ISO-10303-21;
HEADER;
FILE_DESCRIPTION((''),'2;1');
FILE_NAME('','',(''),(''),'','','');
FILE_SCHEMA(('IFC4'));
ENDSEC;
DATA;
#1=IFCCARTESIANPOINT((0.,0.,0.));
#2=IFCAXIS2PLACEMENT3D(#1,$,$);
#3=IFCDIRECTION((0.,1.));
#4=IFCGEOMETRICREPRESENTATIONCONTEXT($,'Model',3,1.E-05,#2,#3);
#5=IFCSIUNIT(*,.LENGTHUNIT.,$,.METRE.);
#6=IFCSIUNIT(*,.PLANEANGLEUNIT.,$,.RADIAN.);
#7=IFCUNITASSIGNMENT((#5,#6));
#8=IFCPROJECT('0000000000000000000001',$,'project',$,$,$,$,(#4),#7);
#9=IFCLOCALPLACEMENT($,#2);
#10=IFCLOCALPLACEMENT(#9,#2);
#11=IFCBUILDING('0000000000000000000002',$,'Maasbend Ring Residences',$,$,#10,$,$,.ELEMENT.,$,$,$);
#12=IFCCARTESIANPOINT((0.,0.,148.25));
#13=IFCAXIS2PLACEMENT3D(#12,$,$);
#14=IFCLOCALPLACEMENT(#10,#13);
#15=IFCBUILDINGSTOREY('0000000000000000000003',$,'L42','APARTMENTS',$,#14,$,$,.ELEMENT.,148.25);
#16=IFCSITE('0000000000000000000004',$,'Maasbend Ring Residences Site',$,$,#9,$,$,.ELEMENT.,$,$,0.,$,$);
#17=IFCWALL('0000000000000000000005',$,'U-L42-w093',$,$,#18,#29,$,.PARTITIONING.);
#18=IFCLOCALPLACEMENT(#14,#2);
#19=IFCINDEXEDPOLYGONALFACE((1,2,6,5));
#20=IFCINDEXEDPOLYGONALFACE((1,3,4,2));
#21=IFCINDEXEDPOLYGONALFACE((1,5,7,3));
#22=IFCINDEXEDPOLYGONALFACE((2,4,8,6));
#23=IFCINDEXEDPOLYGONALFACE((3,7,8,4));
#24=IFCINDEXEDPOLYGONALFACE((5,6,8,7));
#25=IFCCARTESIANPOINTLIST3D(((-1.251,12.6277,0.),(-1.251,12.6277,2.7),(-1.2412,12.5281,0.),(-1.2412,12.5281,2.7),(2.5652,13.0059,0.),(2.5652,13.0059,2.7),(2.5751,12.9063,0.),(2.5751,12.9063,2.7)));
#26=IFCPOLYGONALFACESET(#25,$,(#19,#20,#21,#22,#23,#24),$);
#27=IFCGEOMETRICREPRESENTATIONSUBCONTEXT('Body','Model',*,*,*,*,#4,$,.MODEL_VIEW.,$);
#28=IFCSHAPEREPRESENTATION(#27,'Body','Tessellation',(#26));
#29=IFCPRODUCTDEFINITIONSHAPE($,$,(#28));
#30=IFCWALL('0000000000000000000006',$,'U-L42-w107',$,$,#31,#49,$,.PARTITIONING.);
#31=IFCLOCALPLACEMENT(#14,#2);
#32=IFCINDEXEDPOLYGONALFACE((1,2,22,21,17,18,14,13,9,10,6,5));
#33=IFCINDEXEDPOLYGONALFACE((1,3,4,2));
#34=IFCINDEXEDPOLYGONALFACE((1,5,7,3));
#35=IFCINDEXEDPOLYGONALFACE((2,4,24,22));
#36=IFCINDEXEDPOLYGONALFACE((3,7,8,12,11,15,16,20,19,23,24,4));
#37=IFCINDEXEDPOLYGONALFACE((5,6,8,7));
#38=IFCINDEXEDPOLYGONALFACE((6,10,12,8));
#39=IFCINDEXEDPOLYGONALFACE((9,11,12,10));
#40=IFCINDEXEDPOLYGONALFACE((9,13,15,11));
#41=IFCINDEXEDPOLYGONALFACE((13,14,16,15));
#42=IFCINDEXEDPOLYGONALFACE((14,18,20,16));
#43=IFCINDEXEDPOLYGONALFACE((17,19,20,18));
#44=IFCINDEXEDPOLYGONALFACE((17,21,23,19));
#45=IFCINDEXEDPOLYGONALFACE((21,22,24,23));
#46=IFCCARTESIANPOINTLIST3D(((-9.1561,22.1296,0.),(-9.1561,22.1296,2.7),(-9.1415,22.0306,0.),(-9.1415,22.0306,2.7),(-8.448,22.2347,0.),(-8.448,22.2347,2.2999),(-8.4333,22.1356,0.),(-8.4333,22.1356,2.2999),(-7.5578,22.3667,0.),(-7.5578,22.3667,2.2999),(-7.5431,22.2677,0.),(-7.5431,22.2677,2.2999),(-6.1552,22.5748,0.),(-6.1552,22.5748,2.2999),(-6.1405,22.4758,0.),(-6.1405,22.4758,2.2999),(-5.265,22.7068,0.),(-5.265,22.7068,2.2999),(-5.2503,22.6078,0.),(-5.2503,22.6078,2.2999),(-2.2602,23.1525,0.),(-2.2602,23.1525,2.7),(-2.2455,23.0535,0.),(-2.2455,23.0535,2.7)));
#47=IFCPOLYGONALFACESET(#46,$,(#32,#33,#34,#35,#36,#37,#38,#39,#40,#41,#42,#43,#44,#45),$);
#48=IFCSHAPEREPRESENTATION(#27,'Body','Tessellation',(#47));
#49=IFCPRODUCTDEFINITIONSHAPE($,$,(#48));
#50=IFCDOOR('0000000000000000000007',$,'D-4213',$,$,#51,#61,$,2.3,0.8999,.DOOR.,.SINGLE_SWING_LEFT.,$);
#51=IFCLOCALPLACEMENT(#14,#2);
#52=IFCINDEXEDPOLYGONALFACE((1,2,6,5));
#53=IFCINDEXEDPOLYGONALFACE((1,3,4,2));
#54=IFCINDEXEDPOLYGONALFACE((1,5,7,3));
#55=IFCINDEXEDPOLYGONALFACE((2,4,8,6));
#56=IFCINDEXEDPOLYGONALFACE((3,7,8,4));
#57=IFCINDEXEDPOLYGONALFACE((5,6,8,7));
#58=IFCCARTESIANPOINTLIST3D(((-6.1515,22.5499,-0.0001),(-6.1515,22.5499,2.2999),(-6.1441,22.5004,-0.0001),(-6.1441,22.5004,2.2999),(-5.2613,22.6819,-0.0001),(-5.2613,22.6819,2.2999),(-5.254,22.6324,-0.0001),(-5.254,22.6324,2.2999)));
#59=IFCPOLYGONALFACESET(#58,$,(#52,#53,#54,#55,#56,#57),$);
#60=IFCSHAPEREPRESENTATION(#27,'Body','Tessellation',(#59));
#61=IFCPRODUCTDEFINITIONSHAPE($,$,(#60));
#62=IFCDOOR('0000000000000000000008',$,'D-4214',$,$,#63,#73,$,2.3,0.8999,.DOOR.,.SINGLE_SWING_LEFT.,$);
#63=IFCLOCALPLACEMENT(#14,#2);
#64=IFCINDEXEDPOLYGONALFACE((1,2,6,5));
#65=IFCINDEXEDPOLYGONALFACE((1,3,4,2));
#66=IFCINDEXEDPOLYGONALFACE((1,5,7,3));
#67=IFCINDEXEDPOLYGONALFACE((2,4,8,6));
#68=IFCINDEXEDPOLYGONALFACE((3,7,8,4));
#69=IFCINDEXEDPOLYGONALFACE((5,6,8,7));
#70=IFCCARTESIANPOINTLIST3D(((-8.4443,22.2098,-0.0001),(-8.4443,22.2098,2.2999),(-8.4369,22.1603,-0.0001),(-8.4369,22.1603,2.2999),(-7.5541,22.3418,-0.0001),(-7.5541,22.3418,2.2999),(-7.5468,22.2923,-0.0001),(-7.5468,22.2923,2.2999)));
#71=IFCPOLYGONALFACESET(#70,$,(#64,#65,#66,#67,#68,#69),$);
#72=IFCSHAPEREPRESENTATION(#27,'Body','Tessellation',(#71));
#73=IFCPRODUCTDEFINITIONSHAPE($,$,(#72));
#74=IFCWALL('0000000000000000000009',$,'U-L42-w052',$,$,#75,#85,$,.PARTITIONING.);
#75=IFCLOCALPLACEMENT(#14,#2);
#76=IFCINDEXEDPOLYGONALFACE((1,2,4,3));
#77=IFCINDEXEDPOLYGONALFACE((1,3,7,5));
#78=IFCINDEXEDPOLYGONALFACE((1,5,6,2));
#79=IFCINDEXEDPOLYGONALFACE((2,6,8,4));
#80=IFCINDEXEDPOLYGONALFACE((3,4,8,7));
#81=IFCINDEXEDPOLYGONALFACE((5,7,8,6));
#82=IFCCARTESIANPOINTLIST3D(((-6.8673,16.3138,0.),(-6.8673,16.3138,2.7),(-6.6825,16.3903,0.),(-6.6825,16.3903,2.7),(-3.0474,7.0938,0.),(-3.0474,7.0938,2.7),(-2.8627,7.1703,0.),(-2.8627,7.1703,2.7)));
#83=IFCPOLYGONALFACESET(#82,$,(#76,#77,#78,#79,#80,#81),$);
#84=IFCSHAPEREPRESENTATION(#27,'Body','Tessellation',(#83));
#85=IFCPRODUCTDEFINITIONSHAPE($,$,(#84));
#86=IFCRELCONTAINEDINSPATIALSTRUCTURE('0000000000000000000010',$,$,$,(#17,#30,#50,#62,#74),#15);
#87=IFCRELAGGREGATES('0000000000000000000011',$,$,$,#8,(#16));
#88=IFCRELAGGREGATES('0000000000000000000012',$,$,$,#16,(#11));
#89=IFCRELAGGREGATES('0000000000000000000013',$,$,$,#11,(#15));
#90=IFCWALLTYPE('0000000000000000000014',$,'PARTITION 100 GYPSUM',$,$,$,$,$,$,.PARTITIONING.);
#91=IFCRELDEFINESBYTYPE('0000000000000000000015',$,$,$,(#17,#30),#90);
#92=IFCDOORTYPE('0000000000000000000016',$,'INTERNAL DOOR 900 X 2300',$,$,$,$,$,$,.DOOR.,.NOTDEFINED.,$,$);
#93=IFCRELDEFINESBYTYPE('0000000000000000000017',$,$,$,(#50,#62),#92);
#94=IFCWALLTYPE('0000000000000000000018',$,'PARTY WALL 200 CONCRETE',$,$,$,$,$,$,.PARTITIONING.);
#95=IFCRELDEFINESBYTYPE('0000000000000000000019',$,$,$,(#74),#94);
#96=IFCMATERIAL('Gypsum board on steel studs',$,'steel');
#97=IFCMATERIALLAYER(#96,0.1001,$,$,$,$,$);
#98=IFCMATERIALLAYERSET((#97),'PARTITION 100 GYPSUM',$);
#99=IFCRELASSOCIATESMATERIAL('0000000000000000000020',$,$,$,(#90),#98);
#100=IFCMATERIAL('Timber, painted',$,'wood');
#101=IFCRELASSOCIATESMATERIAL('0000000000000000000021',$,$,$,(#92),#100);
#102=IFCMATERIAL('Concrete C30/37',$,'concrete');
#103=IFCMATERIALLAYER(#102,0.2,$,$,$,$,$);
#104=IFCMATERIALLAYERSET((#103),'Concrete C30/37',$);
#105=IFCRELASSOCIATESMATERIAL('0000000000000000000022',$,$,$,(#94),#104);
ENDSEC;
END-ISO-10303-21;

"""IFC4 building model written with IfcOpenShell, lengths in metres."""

from ifc_helpers import new_model, si_unit, direction, frame, frame_2d, origin, place, context, subcontext, project, spatial, rectangle, extrude, material, layer, layer_set, type_object, element, fill, save


model = new_model("IFC4")

# Units and contexts
model_context = context("Model", 3, precision=1e-05, world=origin(), true_north=direction((0.0, 1.0)))
body_context = subcontext(model_context, "Body", "Model", "MODEL_VIEW")
ifc_project = project(units=[si_unit("LENGTHUNIT", "METRE"), si_unit("PLANEANGLEUNIT", "RADIAN")], contexts=[model_context])

# Site, building, storey
site_placement = place(None, origin())
site = spatial("IfcSite", under=ifc_project, at=site_placement, Name="Maasbend Ring Residences Site", CompositionType="ELEMENT", RefElevation=0.0)
building_placement = place(site_placement, origin())
building = spatial("IfcBuilding", under=site, at=building_placement, Name="Maasbend Ring Residences", CompositionType="ELEMENT")
storey_placement = place(building_placement, frame((0.0, 0.0, 148.25)))
storey = spatial("IfcBuildingStorey", under=building, at=storey_placement, Name="L42", Description="APARTMENTS", CompositionType="ELEMENT", Elevation=148.25)

# Shared definitions
ifc_material_1 = material(Name="Gypsum board on steel studs", Category="steel")
ifc_layer_1 = layer(ifc_material_1, 0.1001)
ifc_layer_set_1 = layer_set([ifc_layer_1], Name="PARTITION 100 GYPSUM")
wall_type_1 = type_object("IfcWallType", Name="PARTITION 100 GYPSUM", PredefinedType="PARTITIONING", material=ifc_layer_set_1)
ifc_material_2 = material(Name="Timber, painted", Category="wood")
door_type_1 = type_object("IfcDoorType", Name="INTERNAL DOOR 900 X 2300", OperationType="NOTDEFINED", PredefinedType="DOOR", material=ifc_material_2)

# Wall
wall_1_placement = place(storey_placement, frame((-1.2461, 12.5779, 0.0), z_axis=(0.0, 0.0, 1.0), x_axis=(0.995126, 0.098615, 0.0)))
element("IfcWall", 1, at=wall_1_placement, inside=storey, type_object=wall_type_1, Name="U-L42-w093", PredefinedType="PARTITIONING", context=body_context, shape_type="SweptSolid", body=[
    extrude(rectangle(XDim=3.835, YDim=0.1001, at=frame_2d((1.9175, 0.0))), origin(), (0.0, 0.0, 1.0), 2.7),
])

# Wall, openings, doors
wall_2_placement = place(storey_placement, frame((-9.1489, 22.0801, 0.0), z_axis=(0.0, 0.0, 1.0), x_axis=(0.989176, 0.146734, 0.0)))
wall_2 = element("IfcWall", 2, at=wall_2_placement, inside=storey, type_object=wall_type_1, Name="U-L42-w107", PredefinedType="PARTITIONING", context=body_context, shape_type="SweptSolid", body=[
    extrude(rectangle(XDim=6.9714, YDim=0.1001, at=frame_2d((3.4858, 0.0))), origin(), (0.0, 0.0, 1.0), 2.7),
])
opening_1_placement = place(wall_2_placement, frame((3.0339, 0.0, 0.0)))
opening_1 = element("IfcOpeningElement", 3, at=opening_1_placement, cuts=wall_2, PredefinedType="OPENING", context=body_context, shape_type="SweptSolid", body=[
    extrude(rectangle(XDim=0.8999, YDim=2.3, at=frame_2d((0.45, 1.1499))), frame((0.0, 0.0601, 0.0), z_axis=(0.0, -1.0, 0.0), x_axis=(1.0, 0.0, 0.0)), (0.0, 0.0, 1.0), 0.1201),
])
opening_2_placement = place(wall_2_placement, frame((0.7161, 0.0, 0.0)))
opening_2 = element("IfcOpeningElement", 4, at=opening_2_placement, cuts=wall_2, PredefinedType="OPENING", context=body_context, shape_type="SweptSolid", body=[
    extrude(rectangle(XDim=0.8999, YDim=2.3, at=frame_2d((0.45, 1.1499))), frame((0.0, 0.0601, 0.0), z_axis=(0.0, -1.0, 0.0), x_axis=(1.0, 0.0, 0.0)), (0.0, 0.0, 1.0), 0.1201),
])
door_1_placement = place(opening_1_placement, origin())
door_1 = element("IfcDoor", 5, at=door_1_placement, inside=storey, type_object=door_type_1, Name="D-4213", OperationType="SINGLE_SWING_LEFT", OverallHeight=2.3, OverallWidth=0.8999, PredefinedType="DOOR", context=body_context, shape_type="SweptSolid", body=[
    extrude(rectangle(XDim=0.8999, YDim=2.3, at=frame_2d((0.45, 1.1499))), frame((0.0, 0.0249, 0.0), z_axis=(0.0, -1.0, 0.0), x_axis=(1.0, 0.0, 0.0)), (0.0, 0.0, 1.0), 0.05),
])
fill(opening_1, door_1)
door_2_placement = place(opening_2_placement, origin())
door_2 = element("IfcDoor", 6, at=door_2_placement, inside=storey, type_object=door_type_1, Name="D-4214", OperationType="SINGLE_SWING_LEFT", OverallHeight=2.3, OverallWidth=0.8999, PredefinedType="DOOR", context=body_context, shape_type="SweptSolid", body=[
    extrude(rectangle(XDim=0.8999, YDim=2.3, at=frame_2d((0.45, 1.1499))), frame((0.0, 0.0249, 0.0), z_axis=(0.0, -1.0, 0.0), x_axis=(1.0, 0.0, 0.0)), (0.0, 0.0, 1.0), 0.05),
])
fill(opening_2, door_2)

# Wall
ifc_material_3 = material(Name="Concrete C30/37", Category="concrete")
ifc_layer_2 = layer(ifc_material_3, 0.2)
ifc_layer_set_2 = layer_set([ifc_layer_2], Name="Concrete C30/37")
wall_type_2 = type_object("IfcWallType", Name="PARTY WALL 200 CONCRETE", PredefinedType="PARTITIONING", material=ifc_layer_set_2)
wall_3_placement = place(storey_placement, frame((-6.7749, 16.3521, 0.0), z_axis=(0.0, 0.0, 1.0), x_axis=(0.382751, -0.923852, 0.0)))
element("IfcWall", 7, at=wall_3_placement, inside=storey, type_object=wall_type_2, Name="U-L42-w052", PredefinedType="PARTITIONING", context=body_context, shape_type="SweptSolid", body=[
    extrude(rectangle(XDim=9.98, YDim=0.2, at=frame_2d((4.99, 0.0))), origin(), (0.0, 0.0, 1.0), 2.7),
])

save(model, "model.ifc")
